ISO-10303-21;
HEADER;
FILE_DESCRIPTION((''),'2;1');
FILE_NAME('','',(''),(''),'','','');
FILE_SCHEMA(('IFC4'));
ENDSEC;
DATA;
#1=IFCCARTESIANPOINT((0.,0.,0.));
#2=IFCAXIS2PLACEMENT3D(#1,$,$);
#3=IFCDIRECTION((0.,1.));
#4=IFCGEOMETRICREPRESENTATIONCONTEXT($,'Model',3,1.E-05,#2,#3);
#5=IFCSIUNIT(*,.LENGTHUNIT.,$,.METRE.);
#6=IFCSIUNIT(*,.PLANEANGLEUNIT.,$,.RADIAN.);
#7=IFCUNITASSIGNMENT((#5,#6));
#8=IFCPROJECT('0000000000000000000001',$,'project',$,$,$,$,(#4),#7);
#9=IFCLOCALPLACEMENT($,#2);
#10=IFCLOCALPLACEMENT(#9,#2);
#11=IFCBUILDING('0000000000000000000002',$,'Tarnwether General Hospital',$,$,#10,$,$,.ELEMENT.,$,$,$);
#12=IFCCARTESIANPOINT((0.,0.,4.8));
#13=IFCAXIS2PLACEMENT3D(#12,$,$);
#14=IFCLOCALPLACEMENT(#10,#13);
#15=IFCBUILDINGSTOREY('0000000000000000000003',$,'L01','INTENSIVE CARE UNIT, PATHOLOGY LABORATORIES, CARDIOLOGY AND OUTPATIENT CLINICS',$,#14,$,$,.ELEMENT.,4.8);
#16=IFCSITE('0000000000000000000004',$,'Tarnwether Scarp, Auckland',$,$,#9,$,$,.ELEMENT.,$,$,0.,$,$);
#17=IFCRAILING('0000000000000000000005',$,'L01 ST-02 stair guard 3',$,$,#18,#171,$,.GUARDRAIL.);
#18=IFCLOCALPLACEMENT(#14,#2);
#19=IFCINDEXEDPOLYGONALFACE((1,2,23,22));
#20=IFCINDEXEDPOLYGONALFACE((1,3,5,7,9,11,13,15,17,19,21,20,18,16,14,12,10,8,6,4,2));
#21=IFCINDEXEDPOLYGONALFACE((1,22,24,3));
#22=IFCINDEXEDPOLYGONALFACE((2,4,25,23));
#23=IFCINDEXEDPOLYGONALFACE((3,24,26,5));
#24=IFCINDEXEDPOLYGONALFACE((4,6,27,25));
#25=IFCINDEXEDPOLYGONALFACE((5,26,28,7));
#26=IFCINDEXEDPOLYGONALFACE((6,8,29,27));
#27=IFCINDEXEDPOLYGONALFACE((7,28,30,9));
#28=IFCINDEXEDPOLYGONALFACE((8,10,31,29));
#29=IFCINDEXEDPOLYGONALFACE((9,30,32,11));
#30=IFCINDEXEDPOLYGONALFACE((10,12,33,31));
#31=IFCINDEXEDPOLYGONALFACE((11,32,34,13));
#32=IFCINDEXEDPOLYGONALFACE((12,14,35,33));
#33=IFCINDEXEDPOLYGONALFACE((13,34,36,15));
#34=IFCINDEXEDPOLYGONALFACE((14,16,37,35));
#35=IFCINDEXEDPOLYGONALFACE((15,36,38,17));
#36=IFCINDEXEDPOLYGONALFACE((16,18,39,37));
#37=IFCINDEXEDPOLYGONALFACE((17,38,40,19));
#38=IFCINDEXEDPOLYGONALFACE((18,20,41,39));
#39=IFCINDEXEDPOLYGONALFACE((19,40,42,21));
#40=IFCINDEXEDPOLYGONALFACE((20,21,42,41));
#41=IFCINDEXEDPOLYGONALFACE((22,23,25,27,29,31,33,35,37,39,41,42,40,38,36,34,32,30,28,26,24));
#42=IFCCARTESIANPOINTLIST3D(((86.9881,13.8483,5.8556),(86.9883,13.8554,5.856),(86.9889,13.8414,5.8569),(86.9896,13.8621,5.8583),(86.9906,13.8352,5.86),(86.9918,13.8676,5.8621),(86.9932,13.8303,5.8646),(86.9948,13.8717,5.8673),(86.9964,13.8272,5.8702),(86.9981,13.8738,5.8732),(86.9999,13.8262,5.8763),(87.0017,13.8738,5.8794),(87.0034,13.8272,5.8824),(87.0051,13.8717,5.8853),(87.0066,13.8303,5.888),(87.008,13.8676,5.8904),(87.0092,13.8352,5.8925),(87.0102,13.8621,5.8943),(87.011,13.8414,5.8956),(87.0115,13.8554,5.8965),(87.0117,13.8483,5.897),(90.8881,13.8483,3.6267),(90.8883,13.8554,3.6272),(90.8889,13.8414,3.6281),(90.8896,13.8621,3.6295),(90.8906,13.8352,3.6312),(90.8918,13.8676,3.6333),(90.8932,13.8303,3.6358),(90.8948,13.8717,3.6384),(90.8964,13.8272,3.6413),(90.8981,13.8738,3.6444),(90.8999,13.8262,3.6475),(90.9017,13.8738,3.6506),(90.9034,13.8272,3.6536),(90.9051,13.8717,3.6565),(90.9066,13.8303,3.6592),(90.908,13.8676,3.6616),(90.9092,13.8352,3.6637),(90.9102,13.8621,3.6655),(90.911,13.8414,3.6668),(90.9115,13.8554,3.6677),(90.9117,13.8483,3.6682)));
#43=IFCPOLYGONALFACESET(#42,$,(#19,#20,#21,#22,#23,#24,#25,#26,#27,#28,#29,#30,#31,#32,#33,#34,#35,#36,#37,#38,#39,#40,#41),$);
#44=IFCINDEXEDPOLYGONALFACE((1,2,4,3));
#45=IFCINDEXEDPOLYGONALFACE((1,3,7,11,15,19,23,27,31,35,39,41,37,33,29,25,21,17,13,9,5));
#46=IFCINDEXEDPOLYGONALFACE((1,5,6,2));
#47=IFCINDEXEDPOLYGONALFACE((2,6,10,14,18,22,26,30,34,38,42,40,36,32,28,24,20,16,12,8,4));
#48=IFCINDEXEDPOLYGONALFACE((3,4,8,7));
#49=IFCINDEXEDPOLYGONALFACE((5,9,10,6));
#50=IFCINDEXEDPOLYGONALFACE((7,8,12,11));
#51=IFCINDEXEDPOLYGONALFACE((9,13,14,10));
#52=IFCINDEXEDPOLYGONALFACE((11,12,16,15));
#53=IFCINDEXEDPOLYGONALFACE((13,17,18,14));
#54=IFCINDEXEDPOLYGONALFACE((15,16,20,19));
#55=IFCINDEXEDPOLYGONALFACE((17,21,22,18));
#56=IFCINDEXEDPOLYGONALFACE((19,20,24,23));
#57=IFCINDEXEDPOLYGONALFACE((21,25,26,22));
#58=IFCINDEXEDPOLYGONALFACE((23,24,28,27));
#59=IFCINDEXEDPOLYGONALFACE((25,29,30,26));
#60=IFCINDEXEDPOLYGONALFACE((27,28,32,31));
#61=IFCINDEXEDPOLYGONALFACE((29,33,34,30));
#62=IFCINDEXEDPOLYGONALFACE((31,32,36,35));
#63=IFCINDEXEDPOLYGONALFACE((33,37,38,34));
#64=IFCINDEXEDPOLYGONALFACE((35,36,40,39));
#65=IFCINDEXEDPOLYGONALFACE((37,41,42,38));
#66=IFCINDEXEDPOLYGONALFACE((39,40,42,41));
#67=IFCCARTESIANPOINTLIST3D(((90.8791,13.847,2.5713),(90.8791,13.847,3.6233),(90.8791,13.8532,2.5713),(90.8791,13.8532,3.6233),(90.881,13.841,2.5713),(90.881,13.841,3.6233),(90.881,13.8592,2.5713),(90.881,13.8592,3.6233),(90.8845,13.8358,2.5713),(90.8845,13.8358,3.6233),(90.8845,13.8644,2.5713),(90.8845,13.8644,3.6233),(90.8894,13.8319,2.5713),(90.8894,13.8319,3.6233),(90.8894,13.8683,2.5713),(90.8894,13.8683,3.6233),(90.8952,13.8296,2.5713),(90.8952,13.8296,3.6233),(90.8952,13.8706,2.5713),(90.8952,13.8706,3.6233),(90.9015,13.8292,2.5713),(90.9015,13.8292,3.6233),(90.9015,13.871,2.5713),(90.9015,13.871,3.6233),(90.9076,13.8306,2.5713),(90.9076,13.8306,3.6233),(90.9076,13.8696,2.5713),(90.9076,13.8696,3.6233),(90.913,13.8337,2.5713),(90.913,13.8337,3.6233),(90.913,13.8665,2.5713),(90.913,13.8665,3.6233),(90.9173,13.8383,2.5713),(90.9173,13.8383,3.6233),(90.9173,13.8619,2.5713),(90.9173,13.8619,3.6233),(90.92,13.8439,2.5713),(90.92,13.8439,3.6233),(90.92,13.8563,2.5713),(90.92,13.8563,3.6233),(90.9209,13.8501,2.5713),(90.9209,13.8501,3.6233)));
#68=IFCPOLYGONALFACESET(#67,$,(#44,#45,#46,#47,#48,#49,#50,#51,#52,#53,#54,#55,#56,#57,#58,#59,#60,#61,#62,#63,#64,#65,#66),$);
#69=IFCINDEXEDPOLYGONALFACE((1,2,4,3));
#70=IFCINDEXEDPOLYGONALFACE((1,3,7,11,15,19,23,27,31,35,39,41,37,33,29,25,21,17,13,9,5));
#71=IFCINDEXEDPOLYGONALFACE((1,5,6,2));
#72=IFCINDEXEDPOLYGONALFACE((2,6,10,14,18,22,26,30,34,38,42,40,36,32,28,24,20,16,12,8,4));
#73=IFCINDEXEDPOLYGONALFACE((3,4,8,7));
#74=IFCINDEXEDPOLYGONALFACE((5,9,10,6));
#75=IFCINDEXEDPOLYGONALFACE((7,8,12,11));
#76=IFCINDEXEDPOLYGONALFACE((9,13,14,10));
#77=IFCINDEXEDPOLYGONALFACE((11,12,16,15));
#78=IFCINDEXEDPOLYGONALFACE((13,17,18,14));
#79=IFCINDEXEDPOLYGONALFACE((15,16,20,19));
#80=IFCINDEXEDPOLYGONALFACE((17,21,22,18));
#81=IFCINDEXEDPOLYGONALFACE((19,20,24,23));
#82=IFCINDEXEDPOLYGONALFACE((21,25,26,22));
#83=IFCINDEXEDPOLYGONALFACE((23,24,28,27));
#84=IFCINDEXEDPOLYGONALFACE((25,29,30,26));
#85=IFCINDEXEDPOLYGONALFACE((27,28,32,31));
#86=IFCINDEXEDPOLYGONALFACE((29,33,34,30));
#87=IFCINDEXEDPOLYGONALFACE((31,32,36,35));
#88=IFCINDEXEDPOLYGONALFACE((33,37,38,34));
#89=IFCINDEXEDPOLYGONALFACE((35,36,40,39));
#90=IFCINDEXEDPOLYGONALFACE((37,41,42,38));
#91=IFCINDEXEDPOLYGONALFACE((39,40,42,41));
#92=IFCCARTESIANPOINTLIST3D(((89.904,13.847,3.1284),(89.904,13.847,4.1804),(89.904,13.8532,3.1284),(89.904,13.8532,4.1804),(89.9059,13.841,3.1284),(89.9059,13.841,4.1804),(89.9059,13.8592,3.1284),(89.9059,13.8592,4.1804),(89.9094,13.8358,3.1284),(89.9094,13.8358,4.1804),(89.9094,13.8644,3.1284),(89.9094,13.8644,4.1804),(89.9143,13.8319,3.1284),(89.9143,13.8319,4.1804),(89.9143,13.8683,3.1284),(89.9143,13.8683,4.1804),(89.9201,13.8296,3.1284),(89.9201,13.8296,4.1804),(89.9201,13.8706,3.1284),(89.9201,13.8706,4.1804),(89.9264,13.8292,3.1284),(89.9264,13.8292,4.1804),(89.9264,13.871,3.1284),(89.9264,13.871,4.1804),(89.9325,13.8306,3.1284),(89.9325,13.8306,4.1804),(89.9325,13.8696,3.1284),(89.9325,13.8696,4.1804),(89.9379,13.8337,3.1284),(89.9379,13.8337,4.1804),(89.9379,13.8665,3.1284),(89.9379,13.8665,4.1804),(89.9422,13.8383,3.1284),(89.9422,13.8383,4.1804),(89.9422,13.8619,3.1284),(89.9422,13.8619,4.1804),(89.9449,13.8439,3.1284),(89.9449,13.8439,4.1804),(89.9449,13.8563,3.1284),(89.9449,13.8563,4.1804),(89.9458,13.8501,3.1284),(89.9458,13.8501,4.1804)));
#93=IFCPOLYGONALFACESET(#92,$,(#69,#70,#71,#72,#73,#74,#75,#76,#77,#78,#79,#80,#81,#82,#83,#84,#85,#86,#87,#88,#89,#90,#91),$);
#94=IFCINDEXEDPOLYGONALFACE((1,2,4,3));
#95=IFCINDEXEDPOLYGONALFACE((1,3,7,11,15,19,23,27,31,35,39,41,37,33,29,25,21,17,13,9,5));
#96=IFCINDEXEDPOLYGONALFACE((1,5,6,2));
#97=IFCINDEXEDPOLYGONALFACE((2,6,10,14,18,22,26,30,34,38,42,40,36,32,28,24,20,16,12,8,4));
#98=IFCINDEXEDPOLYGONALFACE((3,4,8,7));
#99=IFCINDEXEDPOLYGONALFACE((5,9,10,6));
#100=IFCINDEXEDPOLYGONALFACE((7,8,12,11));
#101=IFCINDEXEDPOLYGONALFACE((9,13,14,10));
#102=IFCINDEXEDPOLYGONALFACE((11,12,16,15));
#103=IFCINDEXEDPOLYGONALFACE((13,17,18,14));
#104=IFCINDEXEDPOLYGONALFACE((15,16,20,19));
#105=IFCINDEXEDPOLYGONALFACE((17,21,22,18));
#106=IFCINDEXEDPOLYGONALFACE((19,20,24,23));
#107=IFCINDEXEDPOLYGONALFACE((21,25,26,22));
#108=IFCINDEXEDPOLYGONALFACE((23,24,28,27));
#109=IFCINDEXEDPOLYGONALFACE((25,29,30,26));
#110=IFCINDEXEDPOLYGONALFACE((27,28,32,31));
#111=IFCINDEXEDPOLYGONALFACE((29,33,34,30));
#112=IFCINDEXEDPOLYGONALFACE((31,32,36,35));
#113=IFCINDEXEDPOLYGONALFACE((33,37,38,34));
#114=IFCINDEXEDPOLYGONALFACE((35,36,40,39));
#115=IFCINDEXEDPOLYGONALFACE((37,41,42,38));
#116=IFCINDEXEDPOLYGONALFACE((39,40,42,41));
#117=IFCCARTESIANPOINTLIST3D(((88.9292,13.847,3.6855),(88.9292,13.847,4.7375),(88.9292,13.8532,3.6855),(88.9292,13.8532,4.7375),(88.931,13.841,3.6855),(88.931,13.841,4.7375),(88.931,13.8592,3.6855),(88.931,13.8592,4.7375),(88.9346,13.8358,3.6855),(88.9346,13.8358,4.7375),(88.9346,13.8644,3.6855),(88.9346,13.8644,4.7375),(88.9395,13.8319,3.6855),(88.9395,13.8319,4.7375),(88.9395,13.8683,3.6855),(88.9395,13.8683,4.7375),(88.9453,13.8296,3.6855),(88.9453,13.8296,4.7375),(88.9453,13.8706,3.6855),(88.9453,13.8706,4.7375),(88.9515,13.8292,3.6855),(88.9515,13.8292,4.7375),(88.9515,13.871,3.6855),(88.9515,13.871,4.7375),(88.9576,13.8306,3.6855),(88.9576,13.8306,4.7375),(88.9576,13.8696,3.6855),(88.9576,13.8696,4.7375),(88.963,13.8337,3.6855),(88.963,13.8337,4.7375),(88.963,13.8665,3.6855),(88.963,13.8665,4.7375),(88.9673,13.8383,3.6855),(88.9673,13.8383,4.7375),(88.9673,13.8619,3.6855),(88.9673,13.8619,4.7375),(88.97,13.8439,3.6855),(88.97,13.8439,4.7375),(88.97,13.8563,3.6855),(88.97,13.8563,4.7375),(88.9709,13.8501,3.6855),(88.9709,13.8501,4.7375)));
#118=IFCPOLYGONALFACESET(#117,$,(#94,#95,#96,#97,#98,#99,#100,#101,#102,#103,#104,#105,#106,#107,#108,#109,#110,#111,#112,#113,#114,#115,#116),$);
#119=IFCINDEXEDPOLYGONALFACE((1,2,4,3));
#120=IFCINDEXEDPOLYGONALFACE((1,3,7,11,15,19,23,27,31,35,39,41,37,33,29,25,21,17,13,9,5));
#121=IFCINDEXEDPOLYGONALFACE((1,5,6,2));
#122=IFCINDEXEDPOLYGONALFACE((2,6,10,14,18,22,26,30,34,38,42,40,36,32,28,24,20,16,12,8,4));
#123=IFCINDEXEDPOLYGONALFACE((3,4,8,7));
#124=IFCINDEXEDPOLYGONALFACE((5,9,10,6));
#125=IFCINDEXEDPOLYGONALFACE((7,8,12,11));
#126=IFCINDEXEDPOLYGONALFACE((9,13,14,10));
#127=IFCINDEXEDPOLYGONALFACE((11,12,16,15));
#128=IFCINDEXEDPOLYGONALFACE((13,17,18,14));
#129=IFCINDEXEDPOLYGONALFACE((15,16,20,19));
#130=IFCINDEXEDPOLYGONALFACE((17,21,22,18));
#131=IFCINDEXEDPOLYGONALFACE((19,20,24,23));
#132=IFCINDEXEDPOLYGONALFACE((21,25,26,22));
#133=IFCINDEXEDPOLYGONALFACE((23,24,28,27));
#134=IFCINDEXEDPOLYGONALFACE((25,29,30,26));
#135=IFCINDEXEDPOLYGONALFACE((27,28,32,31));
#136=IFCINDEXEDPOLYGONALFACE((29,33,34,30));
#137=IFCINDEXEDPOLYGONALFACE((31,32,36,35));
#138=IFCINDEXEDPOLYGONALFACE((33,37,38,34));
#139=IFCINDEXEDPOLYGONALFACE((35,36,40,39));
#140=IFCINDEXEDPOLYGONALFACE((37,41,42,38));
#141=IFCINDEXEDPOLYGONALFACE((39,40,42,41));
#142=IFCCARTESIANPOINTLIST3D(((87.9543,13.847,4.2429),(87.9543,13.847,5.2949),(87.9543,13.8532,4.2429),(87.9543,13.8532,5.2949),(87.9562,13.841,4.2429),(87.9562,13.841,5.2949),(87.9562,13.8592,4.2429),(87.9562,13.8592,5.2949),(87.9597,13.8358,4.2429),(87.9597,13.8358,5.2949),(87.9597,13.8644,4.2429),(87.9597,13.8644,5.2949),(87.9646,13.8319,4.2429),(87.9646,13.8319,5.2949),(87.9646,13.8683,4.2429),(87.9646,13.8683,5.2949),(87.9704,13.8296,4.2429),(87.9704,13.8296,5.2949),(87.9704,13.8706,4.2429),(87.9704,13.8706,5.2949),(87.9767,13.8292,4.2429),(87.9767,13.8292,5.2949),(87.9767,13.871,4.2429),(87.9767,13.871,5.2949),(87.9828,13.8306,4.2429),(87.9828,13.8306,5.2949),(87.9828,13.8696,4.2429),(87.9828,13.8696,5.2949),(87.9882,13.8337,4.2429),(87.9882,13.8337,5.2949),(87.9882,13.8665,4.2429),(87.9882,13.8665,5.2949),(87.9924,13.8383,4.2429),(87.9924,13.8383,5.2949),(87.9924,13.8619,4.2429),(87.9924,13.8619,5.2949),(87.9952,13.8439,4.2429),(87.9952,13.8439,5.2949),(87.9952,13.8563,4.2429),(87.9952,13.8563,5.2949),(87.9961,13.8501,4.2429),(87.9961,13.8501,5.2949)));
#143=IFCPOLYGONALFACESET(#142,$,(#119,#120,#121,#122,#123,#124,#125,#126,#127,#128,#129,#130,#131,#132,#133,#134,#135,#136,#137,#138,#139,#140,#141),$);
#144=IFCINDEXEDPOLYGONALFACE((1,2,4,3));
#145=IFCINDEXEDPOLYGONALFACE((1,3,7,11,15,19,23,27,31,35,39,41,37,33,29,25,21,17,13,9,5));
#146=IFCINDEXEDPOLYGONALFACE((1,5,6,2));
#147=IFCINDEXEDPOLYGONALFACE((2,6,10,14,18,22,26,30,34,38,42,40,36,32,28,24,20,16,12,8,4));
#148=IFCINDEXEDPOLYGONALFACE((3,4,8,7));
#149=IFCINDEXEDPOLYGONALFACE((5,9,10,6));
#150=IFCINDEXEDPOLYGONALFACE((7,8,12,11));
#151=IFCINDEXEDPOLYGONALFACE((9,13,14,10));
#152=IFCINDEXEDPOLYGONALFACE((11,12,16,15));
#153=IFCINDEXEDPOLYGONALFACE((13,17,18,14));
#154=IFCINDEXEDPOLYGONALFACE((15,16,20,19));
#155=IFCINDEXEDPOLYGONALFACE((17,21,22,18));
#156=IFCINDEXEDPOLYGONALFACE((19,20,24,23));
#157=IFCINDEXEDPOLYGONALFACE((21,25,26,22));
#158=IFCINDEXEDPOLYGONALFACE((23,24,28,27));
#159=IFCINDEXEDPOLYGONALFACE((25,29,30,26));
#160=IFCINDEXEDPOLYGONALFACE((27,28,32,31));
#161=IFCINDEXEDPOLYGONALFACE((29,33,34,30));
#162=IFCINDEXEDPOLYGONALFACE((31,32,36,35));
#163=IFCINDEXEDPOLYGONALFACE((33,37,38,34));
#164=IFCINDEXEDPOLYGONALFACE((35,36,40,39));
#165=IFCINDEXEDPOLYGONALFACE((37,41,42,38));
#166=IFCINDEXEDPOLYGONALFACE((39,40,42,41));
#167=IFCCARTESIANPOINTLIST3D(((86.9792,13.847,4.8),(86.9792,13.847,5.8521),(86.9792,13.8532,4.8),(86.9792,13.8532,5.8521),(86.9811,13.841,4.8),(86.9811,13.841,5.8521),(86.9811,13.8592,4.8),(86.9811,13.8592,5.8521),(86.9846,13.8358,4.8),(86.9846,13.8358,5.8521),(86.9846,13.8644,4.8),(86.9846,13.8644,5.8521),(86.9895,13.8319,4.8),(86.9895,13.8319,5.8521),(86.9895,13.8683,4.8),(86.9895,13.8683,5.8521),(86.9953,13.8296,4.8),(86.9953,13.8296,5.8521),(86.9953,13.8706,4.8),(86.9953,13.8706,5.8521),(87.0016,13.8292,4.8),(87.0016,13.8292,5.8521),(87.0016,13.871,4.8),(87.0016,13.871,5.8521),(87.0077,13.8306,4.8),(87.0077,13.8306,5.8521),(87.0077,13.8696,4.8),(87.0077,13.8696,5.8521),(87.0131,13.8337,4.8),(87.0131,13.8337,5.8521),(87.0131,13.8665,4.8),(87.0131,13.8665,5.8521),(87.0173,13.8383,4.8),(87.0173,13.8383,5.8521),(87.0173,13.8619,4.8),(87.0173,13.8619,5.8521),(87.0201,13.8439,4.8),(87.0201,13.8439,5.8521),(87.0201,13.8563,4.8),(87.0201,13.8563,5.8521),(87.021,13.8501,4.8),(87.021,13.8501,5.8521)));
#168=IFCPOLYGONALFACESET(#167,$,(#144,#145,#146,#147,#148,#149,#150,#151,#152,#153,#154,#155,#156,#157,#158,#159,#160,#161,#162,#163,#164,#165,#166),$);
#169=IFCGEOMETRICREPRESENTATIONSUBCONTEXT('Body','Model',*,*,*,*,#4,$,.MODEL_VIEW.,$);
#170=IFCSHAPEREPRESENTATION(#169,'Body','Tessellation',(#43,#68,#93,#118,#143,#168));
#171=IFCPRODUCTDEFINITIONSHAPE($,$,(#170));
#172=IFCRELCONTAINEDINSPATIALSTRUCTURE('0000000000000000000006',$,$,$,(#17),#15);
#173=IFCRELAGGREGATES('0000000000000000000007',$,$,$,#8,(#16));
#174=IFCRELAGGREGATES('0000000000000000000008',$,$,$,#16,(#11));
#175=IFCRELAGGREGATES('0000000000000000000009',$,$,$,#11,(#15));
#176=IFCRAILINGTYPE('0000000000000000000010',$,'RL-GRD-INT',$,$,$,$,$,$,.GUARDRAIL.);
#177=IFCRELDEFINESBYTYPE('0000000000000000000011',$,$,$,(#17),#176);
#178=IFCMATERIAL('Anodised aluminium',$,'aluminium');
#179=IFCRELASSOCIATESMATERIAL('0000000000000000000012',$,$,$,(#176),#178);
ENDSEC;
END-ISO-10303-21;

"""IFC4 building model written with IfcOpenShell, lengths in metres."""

from ifc_helpers import new_model, si_unit, direction, frame, origin, origin_2d, place, context, subcontext, project, spatial, circle, extrude, material, type_object, element, save


model = new_model("IFC4")

# Units and contexts
model_context = context("Model", 3, precision=1e-05, world=origin(), true_north=direction((0.0, 1.0)))
body_context = subcontext(model_context, "Body", "Model", "MODEL_VIEW")
ifc_project = project(units=[si_unit("LENGTHUNIT", "METRE"), si_unit("PLANEANGLEUNIT", "RADIAN")], contexts=[model_context])

# Site, building, storey
site_placement = place(None, origin())
site = spatial("IfcSite", under=ifc_project, at=site_placement, Name="Tarnwether Scarp, Auckland", CompositionType="ELEMENT", RefElevation=0.0)
building_placement = place(site_placement, origin())
building = spatial("IfcBuilding", under=site, at=building_placement, Name="Tarnwether General Hospital", CompositionType="ELEMENT")
storey_placement = place(building_placement, frame((0.0, 0.0, 4.8)))
storey = spatial("IfcBuildingStorey", under=building, at=storey_placement, Name="L01", Description="INTENSIVE CARE UNIT, PATHOLOGY LABORATORIES, CARDIOLOGY AND OUTPATIENT CLINICS", CompositionType="ELEMENT", Elevation=4.8)

# Railing
ifc_material_1 = material(Name="Anodised aluminium", Category="aluminium")
railing_type_1 = type_object("IfcRailingType", Name="RL-GRD-INT", PredefinedType="GUARDRAIL", material=ifc_material_1)
railing_1_placement = place(storey_placement, frame((90.8999, 13.8501, 2.5713)))
element("IfcRailing", 1, at=railing_1_placement, inside=storey, type_object=railing_type_1, Name="L01 ST-02 stair guard 3", PredefinedType="GUARDRAIL", context=body_context, shape_type="SweptSolid", body=[
    extrude(circle(Radius=0.0239, at=origin_2d()), frame((0.0, 0.0, 1.0762), z_axis=(-0.86822, 0.0, 0.49618), x_axis=(0.0, -1.0, 0.0)), (0.0, 0.0, 1.0), 4.4919),
    extrude(circle(Radius=0.021, at=origin_2d()), origin(), (0.0, 0.0, 1.0), 1.052),
    extrude(circle(Radius=0.021, at=origin_2d()), frame((-0.9751, 0.0, 0.5571)), (0.0, 0.0, 1.0), 1.052),
    extrude(circle(Radius=0.021, at=origin_2d()), frame((-1.95, 0.0, 1.1143)), (0.0, 0.0, 1.0), 1.052),
    extrude(circle(Radius=0.021, at=origin_2d()), frame((-2.9248, 0.0, 1.6716)), (0.0, 0.0, 1.0), 1.052),
    extrude(circle(Radius=0.021, at=origin_2d()), frame((-3.8999, 0.0, 2.2288)), (0.0, 0.0, 1.0), 1.052),
])

save(model, "model.ifc")
